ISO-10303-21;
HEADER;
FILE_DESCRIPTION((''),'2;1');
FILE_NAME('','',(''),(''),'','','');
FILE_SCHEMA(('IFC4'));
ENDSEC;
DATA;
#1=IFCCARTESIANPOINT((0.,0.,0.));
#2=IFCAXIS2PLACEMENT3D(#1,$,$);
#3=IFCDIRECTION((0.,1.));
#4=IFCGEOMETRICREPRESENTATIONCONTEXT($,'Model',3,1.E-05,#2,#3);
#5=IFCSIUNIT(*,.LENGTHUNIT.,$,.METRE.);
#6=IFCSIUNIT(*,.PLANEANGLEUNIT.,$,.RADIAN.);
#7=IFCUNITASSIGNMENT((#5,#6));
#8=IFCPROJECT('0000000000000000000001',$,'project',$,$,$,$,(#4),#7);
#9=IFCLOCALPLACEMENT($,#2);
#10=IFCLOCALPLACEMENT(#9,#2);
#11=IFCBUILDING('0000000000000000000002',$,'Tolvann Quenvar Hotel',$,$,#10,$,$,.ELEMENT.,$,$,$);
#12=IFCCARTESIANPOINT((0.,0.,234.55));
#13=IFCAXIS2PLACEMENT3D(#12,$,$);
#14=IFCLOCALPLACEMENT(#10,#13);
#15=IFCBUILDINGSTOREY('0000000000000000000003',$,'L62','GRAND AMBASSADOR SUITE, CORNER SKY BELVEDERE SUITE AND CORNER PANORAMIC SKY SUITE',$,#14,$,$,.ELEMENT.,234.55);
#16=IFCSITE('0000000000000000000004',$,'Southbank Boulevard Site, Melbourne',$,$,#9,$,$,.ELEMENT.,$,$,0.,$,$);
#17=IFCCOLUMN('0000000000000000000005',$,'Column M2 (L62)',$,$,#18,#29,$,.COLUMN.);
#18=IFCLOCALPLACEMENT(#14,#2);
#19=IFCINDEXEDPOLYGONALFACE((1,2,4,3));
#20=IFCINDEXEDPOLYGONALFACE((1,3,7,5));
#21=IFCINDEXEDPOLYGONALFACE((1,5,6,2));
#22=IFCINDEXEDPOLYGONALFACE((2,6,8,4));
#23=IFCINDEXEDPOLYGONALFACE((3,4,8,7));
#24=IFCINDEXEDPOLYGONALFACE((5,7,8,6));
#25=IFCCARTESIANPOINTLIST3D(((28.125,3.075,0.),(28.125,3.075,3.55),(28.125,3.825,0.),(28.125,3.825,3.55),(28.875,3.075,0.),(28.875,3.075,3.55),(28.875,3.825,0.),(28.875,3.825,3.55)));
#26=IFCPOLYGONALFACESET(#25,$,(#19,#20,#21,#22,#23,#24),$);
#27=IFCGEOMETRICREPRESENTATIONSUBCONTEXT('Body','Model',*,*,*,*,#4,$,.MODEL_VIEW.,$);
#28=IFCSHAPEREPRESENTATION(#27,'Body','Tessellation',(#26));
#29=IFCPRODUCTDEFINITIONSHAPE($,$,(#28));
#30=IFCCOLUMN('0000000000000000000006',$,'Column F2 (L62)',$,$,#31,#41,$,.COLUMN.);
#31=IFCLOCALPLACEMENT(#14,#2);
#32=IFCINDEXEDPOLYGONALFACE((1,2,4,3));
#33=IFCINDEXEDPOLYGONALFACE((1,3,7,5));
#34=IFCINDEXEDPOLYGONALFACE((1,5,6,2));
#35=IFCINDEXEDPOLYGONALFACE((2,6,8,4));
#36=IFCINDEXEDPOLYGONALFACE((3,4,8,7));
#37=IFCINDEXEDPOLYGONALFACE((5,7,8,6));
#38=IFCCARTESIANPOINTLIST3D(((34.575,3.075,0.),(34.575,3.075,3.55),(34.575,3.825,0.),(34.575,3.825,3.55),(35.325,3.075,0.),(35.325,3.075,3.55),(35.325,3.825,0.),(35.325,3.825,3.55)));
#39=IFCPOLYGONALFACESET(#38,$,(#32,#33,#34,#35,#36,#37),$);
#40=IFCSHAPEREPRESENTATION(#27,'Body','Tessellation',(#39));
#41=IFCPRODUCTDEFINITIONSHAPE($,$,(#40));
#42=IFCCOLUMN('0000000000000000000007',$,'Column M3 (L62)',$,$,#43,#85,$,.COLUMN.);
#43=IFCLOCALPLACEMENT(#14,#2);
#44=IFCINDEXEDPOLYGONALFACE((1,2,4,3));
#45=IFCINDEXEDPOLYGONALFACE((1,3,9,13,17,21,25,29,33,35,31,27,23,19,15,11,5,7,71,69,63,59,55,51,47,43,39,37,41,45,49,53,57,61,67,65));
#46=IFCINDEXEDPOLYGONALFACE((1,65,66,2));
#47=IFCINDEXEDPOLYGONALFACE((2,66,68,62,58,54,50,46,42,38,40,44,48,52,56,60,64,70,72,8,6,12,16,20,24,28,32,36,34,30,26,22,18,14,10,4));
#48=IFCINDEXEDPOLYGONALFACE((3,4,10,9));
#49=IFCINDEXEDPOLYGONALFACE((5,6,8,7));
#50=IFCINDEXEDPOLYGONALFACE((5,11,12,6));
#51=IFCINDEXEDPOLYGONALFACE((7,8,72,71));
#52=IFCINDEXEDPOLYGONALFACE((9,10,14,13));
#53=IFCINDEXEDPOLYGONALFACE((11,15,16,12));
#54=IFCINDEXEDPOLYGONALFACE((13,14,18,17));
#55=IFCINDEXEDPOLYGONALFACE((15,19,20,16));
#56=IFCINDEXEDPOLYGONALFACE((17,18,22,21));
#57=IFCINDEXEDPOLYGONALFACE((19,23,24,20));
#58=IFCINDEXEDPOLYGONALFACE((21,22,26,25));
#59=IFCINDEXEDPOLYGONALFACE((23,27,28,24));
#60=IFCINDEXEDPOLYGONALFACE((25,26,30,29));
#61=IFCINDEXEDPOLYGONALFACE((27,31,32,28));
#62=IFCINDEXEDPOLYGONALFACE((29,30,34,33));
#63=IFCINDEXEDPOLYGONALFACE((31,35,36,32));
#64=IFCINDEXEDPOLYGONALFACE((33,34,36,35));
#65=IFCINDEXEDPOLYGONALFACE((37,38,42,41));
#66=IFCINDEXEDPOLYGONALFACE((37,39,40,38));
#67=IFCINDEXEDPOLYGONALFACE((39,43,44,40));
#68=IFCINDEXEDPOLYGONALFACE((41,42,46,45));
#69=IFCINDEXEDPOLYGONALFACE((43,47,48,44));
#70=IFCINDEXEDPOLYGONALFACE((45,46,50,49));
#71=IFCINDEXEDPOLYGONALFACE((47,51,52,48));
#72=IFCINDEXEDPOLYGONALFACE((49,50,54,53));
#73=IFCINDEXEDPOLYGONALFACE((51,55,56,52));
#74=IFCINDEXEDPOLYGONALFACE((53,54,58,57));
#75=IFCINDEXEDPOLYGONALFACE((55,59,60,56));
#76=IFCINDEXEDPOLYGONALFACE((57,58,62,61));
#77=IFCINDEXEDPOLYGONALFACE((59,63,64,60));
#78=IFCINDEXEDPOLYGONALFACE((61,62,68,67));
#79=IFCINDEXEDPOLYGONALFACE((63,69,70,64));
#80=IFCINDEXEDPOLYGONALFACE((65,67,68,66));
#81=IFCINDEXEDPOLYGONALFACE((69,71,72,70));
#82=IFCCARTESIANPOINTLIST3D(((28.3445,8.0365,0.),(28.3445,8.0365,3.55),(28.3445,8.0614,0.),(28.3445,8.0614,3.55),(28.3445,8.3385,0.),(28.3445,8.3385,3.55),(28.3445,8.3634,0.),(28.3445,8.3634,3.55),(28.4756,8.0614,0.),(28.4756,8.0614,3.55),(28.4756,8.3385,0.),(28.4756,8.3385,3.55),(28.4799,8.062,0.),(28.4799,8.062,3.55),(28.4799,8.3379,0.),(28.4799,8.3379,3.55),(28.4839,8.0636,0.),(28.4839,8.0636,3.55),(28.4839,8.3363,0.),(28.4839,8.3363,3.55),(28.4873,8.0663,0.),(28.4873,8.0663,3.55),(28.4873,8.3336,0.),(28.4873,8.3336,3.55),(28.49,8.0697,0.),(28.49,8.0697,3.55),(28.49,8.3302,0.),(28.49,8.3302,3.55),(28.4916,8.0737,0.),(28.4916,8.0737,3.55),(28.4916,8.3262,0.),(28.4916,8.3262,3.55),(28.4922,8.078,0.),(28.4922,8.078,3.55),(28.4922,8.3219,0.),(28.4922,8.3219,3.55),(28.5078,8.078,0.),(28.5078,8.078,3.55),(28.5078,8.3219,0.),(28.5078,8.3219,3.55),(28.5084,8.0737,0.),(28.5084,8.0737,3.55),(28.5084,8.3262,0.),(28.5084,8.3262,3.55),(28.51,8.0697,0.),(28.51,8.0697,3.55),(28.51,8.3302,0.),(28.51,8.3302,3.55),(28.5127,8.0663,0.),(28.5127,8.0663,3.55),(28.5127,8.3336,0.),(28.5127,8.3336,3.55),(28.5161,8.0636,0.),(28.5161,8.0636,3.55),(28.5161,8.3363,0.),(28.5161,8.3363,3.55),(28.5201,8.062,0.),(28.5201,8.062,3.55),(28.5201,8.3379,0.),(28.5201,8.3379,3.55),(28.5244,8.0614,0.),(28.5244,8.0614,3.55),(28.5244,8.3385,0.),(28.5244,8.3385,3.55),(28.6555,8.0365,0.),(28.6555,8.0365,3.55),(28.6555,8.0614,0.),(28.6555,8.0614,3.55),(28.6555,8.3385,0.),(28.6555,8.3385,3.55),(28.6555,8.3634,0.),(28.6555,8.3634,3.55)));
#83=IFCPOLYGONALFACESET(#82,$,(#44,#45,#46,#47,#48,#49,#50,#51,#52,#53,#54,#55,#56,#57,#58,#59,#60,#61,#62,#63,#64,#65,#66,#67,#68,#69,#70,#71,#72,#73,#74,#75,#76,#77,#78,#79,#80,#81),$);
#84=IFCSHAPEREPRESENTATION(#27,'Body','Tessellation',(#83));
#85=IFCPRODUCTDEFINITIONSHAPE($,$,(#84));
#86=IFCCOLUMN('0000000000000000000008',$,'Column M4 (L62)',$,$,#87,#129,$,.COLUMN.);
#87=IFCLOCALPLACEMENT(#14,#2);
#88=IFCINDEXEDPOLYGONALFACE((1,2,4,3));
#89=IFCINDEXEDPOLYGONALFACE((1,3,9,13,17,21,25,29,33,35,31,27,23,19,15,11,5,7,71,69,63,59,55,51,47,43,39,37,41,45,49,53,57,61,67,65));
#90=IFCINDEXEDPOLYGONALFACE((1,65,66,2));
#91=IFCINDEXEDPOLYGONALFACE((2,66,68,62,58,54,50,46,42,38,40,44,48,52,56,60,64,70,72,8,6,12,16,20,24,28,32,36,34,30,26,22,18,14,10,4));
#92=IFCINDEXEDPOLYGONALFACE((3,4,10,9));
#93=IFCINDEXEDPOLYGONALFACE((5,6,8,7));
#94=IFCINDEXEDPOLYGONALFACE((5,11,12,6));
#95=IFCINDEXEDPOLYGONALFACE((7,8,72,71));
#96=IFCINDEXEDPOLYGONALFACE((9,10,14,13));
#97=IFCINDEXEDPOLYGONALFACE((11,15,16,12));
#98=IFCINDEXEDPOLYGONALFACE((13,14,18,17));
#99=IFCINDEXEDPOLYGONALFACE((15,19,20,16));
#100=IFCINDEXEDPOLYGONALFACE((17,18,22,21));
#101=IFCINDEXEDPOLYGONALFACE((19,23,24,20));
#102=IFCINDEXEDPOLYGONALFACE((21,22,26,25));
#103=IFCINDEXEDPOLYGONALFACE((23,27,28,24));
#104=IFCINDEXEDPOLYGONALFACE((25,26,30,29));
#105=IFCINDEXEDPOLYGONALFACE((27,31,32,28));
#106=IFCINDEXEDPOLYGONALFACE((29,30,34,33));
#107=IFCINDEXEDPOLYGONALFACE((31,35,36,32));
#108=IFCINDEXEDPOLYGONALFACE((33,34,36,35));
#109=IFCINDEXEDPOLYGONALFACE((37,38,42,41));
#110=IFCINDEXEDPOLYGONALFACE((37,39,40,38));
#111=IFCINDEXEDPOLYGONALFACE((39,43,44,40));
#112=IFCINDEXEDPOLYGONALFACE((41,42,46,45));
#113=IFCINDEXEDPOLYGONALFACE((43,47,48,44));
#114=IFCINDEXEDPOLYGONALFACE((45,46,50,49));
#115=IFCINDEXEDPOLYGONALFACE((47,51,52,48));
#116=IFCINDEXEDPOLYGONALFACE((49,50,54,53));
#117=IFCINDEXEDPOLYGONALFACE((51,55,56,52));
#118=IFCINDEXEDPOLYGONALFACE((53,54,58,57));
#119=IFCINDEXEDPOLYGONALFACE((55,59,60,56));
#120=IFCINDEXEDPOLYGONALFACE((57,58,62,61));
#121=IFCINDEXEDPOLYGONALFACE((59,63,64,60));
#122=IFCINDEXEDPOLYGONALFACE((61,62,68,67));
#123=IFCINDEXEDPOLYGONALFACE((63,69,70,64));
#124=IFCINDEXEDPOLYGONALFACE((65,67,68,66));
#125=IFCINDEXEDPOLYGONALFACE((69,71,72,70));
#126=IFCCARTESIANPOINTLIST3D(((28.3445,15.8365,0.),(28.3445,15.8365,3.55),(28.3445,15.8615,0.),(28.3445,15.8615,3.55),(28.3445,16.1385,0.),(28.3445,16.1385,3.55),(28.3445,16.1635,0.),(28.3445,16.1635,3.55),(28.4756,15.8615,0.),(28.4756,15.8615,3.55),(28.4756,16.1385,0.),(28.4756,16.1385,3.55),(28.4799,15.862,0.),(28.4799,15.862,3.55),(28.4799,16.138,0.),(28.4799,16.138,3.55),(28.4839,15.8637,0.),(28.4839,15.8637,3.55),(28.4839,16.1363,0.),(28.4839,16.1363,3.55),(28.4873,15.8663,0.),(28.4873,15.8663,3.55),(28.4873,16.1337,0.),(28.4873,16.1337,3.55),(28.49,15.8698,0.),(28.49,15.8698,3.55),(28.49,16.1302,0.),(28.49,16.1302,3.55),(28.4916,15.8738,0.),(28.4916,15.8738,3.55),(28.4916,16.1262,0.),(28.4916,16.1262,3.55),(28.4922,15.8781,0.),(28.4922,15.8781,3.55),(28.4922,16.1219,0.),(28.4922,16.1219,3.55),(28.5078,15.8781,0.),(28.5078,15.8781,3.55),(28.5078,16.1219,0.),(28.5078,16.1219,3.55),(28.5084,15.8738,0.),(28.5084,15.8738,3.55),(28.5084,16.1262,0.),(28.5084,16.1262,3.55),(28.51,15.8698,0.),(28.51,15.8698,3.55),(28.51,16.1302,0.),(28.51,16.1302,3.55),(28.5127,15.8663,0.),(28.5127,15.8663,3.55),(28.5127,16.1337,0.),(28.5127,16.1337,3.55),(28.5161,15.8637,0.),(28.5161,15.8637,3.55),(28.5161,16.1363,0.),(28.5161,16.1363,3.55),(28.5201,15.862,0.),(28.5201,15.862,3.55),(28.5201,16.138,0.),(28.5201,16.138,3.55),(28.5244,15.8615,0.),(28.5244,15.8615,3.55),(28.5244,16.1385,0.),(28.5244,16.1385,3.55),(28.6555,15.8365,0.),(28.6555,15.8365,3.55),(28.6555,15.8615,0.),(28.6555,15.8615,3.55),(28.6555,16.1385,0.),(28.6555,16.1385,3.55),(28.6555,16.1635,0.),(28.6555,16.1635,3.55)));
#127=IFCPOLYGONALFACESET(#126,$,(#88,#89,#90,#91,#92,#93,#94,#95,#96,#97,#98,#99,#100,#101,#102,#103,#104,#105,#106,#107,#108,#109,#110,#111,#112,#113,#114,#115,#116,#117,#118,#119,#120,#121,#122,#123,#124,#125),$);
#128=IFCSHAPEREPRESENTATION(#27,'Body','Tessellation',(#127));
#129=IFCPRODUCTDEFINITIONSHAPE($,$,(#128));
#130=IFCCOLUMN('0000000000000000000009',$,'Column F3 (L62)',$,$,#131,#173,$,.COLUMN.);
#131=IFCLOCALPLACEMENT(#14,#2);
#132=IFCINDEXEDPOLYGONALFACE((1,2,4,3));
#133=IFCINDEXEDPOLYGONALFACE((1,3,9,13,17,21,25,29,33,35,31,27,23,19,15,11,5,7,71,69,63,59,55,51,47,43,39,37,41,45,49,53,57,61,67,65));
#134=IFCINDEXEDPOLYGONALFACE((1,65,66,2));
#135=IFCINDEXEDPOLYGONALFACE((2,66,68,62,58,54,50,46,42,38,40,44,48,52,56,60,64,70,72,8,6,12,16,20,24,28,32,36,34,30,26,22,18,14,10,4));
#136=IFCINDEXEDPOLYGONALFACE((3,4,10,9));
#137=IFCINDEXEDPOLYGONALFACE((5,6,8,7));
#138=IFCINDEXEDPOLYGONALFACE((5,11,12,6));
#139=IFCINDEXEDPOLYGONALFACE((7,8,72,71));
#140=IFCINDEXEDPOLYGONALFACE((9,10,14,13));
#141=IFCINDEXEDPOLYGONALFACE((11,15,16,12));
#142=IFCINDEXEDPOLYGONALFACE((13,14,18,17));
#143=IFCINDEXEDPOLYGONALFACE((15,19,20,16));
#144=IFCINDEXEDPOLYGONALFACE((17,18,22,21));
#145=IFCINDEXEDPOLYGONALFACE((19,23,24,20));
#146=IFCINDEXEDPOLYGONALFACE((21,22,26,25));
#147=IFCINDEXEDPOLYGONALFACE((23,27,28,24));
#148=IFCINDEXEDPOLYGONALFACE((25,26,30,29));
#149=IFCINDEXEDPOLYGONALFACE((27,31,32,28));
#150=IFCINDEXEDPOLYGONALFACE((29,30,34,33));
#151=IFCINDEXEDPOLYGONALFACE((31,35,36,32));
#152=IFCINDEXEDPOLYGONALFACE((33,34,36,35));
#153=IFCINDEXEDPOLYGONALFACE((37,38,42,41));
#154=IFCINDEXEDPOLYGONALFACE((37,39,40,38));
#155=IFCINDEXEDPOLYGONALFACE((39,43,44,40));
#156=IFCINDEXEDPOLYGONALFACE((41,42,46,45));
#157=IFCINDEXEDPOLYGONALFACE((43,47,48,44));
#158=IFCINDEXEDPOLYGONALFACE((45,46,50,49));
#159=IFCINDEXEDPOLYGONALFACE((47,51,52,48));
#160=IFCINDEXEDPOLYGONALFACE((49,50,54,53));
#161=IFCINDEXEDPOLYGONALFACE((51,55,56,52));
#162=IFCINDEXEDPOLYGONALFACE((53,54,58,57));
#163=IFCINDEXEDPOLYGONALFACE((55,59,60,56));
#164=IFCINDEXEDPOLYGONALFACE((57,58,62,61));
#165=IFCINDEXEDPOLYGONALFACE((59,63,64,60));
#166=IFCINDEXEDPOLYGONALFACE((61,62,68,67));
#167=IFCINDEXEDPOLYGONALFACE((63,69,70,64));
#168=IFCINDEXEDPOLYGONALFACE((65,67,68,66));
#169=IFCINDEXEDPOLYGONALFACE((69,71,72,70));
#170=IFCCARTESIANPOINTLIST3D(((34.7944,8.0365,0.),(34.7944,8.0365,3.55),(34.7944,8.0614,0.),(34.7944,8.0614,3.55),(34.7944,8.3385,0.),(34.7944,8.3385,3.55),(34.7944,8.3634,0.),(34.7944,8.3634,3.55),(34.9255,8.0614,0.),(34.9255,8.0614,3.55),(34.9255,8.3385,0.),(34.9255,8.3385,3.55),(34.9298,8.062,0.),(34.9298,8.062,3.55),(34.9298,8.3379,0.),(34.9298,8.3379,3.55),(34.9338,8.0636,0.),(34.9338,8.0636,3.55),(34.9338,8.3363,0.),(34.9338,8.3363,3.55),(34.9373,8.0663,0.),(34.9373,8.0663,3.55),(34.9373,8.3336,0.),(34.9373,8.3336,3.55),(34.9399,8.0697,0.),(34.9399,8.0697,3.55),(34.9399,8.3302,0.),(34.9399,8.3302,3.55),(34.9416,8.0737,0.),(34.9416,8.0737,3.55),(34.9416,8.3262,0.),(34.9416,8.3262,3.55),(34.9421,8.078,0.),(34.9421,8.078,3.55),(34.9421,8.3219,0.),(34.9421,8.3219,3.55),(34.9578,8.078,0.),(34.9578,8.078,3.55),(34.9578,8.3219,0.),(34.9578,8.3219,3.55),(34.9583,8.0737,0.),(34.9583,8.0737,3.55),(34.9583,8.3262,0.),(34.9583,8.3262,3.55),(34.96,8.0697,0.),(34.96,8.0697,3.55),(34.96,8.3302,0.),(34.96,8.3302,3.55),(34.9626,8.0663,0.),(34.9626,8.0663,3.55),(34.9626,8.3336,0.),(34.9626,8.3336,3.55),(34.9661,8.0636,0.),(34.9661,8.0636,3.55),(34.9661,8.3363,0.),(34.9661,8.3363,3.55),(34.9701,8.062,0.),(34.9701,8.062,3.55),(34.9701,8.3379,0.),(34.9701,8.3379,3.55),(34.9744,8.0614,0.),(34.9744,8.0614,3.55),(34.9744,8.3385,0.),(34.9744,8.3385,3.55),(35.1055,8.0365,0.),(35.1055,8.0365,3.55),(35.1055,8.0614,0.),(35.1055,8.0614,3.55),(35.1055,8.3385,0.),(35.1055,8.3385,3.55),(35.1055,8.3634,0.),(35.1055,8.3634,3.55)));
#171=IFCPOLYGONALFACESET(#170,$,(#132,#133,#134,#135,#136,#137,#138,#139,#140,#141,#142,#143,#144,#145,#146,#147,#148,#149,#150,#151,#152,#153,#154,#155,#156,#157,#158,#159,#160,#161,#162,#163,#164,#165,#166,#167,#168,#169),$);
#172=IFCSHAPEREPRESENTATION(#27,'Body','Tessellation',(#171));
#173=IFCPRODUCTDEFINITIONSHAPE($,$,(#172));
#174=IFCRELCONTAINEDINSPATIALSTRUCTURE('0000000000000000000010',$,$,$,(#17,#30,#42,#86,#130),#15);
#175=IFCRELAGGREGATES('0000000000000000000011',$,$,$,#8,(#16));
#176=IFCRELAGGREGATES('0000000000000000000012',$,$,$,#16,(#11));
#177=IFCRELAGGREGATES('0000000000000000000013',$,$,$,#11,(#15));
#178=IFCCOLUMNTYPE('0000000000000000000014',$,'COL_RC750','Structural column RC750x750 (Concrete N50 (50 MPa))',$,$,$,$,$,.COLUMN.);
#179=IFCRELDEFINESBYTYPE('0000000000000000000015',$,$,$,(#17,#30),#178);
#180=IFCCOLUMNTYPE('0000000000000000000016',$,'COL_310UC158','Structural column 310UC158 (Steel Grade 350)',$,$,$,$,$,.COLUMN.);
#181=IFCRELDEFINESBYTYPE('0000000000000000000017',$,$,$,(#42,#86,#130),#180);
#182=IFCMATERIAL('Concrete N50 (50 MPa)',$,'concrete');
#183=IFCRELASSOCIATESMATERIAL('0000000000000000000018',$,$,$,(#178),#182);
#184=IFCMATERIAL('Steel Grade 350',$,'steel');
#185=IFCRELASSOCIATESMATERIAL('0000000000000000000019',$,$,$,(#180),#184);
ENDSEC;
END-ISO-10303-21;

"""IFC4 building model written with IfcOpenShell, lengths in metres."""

from ifc_helpers import new_model, si_unit, direction, frame, origin, origin_2d, place, context, subcontext, project, spatial, rectangle, i_section, extrude, source, transform, mapped, material, material_profile, profile_set, type_object, type_shapes, element, save


model = new_model("IFC4")

# Units and contexts
model_context = context("Model", 3, precision=1e-05, world=origin(), true_north=direction((0.0, 1.0)))
body_context = subcontext(model_context, "Body", "Model", "MODEL_VIEW")
ifc_project = project(units=[si_unit("LENGTHUNIT", "METRE"), si_unit("PLANEANGLEUNIT", "RADIAN")], contexts=[model_context])

# Site, building, storey
site_placement = place(None, origin())
site = spatial("IfcSite", under=ifc_project, at=site_placement, Name="Southbank Boulevard Site, Melbourne", CompositionType="ELEMENT", RefElevation=0.0)
building_placement = place(site_placement, origin())
building = spatial("IfcBuilding", under=site, at=building_placement, Name="Tolvann Quenvar Hotel", CompositionType="ELEMENT")
storey_placement = place(building_placement, frame((0.0, 0.0, 234.55)))
storey = spatial("IfcBuildingStorey", under=building, at=storey_placement, Name="L62", Description="GRAND AMBASSADOR SUITE, CORNER SKY BELVEDERE SUITE AND CORNER PANORAMIC SKY SUITE", CompositionType="ELEMENT", Elevation=234.55)

# Columns
ifc_material_1 = material(Name="Concrete N50 (50 MPa)", Category="concrete")
ifc_material_profile_1 = material_profile(ifc_material_1, rectangle(XDim=0.75, YDim=0.75, at=origin_2d()), Name="RC750x750")
ifc_profile_set_1 = profile_set([ifc_material_profile_1], Name="Concrete N50 (50 MPa)")
column_type_1 = type_object("IfcColumnType", Name="COL_RC750", Description="Structural column RC750x750 (Concrete N50 (50 MPa))", PredefinedType="COLUMN", material=ifc_profile_set_1)
shared_shape_1 = source(origin(), body_context, "Body", "SweptSolid", [
    extrude(rectangle(XDim=0.75, YDim=0.75, at=origin_2d()), origin(), (0.0, 0.0, 1.0), 3.55),
])
type_shapes(column_type_1, [shared_shape_1])
for number, where, z_axis, x_axis, name in (
    (1, (28.5, 3.45, 0.0), (0.0, 0.0, 1.0), (1.0, 0.0, 0.0), "Column M2 (L62)"),
    (2, (34.95, 3.45, 0.0), (0.0, 0.0, 1.0), (1.0, 0.0, 0.0), "Column F2 (L62)"),
):
    element("IfcColumn", number, at=place(storey_placement, frame(where, z_axis=z_axis, x_axis=x_axis)), inside=storey, type_object=column_type_1, Name=name, PredefinedType="COLUMN", context=body_context, shape_type="MappedRepresentation", body=[
        mapped(shared_shape_1, transform((0.0, 0.0, 0.0), x_axis=(1.0, 0.0, 0.0), y_axis=(0.0, 1.0, 0.0), z_axis=(0.0, 0.0, 1.0), scale=1.0)),
    ])
ifc_material_2 = material(Name="Steel Grade 350", Category="steel")
ifc_material_profile_2 = material_profile(ifc_material_2, i_section(OverallWidth=0.311, OverallDepth=0.3269, WebThickness=0.0156, FlangeThickness=0.0249, FilletRadius=0.0166, at=origin_2d()), Name="310UC158")
ifc_profile_set_2 = profile_set([ifc_material_profile_2], Name="Steel Grade 350")
column_type_2 = type_object("IfcColumnType", Name="COL_310UC158", Description="Structural column 310UC158 (Steel Grade 350)", PredefinedType="COLUMN", material=ifc_profile_set_2)
shared_shape_2 = source(origin(), body_context, "Body", "SweptSolid", [
    extrude(i_section(OverallWidth=0.311, OverallDepth=0.3269, WebThickness=0.0156, FlangeThickness=0.0249, FilletRadius=0.0166, at=origin_2d()), origin(), (0.0, 0.0, 1.0), 3.55),
])
type_shapes(column_type_2, [shared_shape_2])
for number, where, z_axis, x_axis, name in (
    (3, (28.5, 8.2, 0.0), (0.0, 0.0, 1.0), (1.0, 0.0, 0.0), "Column M3 (L62)"),
    (4, (28.5, 16.0, 0.0), (0.0, 0.0, 1.0), (1.0, 0.0, 0.0), "Column M4 (L62)"),
    (5, (34.95, 8.2, 0.0), (0.0, 0.0, 1.0), (1.0, 0.0, 0.0), "Column F3 (L62)"),
):
    element("IfcColumn", number, at=place(storey_placement, frame(where, z_axis=z_axis, x_axis=x_axis)), inside=storey, type_object=column_type_2, Name=name, PredefinedType="COLUMN", context=body_context, shape_type="MappedRepresentation", body=[
        mapped(shared_shape_2, transform((0.0, 0.0, 0.0), x_axis=(1.0, 0.0, 0.0), y_axis=(0.0, 1.0, 0.0), z_axis=(0.0, 0.0, 1.0), scale=1.0)),
    ])

save(model, "model.ifc")
